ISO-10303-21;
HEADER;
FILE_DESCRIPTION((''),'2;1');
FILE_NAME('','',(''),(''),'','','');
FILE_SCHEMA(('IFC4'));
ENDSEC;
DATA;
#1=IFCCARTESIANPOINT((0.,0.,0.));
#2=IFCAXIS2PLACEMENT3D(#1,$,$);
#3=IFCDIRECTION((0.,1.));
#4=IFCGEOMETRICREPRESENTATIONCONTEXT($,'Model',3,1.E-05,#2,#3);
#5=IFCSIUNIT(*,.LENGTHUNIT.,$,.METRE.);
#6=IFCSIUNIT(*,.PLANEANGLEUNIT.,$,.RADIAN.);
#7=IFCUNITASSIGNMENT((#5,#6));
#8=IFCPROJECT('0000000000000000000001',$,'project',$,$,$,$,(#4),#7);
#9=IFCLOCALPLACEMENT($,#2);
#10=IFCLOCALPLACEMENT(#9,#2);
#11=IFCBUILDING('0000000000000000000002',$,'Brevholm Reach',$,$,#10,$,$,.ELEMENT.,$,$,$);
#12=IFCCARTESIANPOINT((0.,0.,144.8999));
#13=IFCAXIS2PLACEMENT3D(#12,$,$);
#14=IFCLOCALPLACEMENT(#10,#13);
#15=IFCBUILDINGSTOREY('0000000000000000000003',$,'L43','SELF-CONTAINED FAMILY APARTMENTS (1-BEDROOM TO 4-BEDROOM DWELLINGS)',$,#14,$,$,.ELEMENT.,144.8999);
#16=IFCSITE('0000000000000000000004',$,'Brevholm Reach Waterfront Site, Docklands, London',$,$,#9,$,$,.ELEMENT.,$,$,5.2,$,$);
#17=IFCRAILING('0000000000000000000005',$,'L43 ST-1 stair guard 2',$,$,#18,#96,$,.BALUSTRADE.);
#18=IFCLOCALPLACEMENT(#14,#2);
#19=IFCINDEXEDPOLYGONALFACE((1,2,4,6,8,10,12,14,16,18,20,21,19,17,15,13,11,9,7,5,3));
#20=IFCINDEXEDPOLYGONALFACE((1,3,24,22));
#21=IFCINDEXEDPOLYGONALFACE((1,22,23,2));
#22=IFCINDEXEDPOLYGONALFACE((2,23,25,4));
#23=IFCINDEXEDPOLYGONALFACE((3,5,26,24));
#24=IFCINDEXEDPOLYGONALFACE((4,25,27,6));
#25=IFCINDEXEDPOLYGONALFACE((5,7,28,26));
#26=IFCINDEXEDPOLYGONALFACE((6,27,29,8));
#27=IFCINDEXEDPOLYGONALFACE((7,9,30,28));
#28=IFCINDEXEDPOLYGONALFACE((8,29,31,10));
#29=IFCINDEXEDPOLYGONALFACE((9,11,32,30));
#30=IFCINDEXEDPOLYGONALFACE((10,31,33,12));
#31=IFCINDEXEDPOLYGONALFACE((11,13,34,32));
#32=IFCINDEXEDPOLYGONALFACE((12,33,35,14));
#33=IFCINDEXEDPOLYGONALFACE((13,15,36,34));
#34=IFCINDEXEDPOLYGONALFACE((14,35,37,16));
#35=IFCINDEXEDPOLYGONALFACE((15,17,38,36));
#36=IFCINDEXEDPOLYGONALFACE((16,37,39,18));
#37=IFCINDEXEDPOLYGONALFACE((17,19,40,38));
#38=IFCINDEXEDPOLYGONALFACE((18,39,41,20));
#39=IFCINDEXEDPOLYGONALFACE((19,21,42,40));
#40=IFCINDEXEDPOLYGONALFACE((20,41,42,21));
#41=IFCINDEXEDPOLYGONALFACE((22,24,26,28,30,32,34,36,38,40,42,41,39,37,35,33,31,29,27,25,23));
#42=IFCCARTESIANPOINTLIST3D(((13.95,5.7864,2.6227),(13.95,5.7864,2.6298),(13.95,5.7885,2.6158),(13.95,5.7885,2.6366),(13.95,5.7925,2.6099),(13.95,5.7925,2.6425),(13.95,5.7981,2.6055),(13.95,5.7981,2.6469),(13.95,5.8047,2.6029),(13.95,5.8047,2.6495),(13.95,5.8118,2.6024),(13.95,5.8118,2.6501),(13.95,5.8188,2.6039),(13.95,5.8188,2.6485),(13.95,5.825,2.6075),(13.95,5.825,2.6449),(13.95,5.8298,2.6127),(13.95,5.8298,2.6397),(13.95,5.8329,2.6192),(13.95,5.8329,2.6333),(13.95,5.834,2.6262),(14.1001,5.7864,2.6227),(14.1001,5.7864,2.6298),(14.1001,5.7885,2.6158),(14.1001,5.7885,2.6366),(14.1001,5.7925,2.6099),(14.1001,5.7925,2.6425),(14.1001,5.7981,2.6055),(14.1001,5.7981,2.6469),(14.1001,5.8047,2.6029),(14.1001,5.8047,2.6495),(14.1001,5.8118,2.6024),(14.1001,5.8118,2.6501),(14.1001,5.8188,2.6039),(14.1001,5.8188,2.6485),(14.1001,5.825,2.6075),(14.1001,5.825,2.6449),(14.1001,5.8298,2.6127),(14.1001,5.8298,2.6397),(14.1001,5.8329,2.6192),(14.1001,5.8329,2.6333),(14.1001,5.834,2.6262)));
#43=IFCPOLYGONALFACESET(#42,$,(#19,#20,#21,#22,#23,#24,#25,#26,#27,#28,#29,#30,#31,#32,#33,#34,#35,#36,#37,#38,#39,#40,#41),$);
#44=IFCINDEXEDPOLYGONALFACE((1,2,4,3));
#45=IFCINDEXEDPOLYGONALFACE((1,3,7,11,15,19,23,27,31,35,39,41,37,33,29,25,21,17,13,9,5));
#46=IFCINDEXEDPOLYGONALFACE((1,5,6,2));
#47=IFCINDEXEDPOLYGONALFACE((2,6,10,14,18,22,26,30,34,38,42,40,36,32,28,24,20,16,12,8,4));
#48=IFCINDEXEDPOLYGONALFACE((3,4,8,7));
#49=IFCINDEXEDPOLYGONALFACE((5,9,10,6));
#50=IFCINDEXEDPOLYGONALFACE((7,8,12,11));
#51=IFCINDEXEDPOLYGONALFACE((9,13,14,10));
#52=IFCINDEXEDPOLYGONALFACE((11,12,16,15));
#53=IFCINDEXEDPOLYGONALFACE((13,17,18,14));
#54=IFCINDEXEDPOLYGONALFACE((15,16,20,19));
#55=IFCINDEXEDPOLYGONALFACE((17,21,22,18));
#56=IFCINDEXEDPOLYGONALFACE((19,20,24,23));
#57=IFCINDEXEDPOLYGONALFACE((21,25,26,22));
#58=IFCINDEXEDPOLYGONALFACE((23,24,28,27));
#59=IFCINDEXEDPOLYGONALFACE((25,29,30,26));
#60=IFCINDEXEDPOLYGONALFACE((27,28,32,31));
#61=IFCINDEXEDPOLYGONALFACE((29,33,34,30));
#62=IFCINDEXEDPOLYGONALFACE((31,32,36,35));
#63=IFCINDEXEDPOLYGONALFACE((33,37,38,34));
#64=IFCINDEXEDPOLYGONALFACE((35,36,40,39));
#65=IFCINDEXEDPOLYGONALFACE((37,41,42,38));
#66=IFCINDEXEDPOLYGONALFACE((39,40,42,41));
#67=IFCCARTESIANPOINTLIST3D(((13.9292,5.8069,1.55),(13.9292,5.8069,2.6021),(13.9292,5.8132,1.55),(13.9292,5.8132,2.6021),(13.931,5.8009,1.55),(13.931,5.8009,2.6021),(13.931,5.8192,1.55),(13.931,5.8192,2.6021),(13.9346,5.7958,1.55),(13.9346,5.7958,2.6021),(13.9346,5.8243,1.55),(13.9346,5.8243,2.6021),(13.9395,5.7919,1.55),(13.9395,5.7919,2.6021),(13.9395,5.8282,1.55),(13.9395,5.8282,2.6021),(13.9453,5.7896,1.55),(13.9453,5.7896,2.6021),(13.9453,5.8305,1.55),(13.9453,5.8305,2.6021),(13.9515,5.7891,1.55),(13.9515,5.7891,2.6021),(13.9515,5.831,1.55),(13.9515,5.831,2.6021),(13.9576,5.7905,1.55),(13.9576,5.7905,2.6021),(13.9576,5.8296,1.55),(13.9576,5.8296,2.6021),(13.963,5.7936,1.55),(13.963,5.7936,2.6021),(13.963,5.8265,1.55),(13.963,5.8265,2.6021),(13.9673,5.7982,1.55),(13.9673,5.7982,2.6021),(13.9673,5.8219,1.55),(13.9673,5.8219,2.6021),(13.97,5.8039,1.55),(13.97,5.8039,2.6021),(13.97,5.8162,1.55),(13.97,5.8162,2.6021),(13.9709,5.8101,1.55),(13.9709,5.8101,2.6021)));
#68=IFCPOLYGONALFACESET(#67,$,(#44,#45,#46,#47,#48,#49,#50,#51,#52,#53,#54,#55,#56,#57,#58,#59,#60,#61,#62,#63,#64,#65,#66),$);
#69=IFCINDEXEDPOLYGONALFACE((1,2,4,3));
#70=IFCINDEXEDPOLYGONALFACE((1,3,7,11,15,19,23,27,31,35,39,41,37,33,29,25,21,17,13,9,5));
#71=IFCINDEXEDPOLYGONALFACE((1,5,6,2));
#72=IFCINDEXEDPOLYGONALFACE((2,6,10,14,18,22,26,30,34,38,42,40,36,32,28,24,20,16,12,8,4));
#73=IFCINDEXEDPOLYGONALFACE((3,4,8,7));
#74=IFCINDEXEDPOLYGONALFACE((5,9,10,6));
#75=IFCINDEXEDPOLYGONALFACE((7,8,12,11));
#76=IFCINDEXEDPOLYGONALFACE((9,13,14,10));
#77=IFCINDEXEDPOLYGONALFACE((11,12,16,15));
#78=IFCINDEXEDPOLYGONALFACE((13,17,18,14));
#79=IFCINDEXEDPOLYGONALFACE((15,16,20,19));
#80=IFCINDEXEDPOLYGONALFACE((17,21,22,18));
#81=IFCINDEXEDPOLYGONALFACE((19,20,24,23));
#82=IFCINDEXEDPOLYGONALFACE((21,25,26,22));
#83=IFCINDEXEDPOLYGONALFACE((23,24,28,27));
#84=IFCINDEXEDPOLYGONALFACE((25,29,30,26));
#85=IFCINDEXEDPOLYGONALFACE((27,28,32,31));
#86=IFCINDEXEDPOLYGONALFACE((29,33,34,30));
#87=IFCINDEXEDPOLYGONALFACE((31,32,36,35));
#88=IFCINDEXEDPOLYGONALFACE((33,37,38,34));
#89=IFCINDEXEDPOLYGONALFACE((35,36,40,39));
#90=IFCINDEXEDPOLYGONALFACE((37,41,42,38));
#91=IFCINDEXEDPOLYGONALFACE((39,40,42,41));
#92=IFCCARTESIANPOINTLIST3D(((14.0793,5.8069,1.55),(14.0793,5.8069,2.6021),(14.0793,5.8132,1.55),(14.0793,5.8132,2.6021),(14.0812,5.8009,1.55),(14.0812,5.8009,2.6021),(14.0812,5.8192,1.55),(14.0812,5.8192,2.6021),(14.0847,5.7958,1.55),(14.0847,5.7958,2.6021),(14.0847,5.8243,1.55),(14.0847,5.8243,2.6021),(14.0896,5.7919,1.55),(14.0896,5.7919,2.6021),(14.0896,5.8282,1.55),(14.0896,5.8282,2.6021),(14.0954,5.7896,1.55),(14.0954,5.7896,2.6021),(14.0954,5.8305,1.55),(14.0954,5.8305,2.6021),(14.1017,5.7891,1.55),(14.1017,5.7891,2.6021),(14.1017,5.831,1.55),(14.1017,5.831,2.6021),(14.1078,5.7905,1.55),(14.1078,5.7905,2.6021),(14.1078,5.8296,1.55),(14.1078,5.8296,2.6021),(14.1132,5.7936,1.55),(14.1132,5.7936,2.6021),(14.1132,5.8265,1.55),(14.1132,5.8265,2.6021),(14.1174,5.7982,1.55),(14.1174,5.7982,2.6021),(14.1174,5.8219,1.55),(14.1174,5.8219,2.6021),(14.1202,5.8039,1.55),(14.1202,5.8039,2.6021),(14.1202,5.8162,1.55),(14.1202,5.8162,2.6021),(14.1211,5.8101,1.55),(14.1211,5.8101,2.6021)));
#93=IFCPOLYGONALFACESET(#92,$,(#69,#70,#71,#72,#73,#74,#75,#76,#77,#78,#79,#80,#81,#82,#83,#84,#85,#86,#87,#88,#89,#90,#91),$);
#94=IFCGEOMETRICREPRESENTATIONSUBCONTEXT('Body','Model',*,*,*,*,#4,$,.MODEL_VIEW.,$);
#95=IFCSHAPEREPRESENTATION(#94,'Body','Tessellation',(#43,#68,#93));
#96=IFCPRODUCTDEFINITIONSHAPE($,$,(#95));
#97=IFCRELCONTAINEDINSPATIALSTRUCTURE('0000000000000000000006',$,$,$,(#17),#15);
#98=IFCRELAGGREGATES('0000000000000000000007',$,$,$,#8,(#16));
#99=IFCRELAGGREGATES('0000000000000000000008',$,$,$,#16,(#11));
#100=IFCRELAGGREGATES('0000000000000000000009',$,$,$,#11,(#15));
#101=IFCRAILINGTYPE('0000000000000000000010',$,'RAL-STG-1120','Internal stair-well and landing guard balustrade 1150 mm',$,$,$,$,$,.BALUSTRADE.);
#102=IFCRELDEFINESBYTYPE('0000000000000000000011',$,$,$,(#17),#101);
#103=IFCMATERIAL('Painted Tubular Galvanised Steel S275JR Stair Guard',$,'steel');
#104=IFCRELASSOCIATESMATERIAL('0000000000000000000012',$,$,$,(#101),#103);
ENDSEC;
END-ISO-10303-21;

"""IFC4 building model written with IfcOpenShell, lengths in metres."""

from ifc_helpers import new_model, si_unit, direction, frame, origin, origin_2d, place, context, subcontext, project, spatial, circle, extrude, material, type_object, element, save


model = new_model("IFC4")

# Units and contexts
model_context = context("Model", 3, precision=1e-05, world=origin(), true_north=direction((0.0, 1.0)))
body_context = subcontext(model_context, "Body", "Model", "MODEL_VIEW")
ifc_project = project(units=[si_unit("LENGTHUNIT", "METRE"), si_unit("PLANEANGLEUNIT", "RADIAN")], contexts=[model_context])

# Site, building, storey
site_placement = place(None, origin())
site = spatial("IfcSite", under=ifc_project, at=site_placement, Name="Brevholm Reach Waterfront Site, Docklands, London", CompositionType="ELEMENT", RefElevation=5.2)
building_placement = place(site_placement, origin())
building = spatial("IfcBuilding", under=site, at=building_placement, Name="Brevholm Reach", CompositionType="ELEMENT")
storey_placement = place(building_placement, frame((0.0, 0.0, 144.8999)))
storey = spatial("IfcBuildingStorey", under=building, at=storey_placement, Name="L43", Description="SELF-CONTAINED FAMILY APARTMENTS (1-BEDROOM TO 4-BEDROOM DWELLINGS)", CompositionType="ELEMENT", Elevation=144.8999)

# Railing
ifc_material_1 = material(Name="Painted Tubular Galvanised Steel S275JR Stair Guard", Category="steel")
railing_type_1 = type_object("IfcRailingType", Name="RAL-STG-1120", Description="Internal stair-well and landing guard balustrade 1150 mm", PredefinedType="BALUSTRADE", material=ifc_material_1)
railing_1_placement = place(storey_placement, frame((13.95, 5.8101, 1.55)))
element("IfcRailing", 1, at=railing_1_placement, inside=storey, type_object=railing_type_1, Name="L43 ST-1 stair guard 2", PredefinedType="BALUSTRADE", context=body_context, shape_type="SweptSolid", body=[
    extrude(circle(Radius=0.0239, at=origin_2d()), frame((0.0, 0.0, 1.0762), z_axis=(1.0, 0.0, 0.0), x_axis=(0.0, 1.0, 0.0)), (0.0, 0.0, 1.0), 0.1501),
    extrude(circle(Radius=0.021, at=origin_2d()), origin(), (0.0, 0.0, 1.0), 1.052),
    extrude(circle(Radius=0.021, at=origin_2d()), frame((0.1501, 0.0, 0.0)), (0.0, 0.0, 1.0), 1.052),
])

save(model, "model.ifc")
